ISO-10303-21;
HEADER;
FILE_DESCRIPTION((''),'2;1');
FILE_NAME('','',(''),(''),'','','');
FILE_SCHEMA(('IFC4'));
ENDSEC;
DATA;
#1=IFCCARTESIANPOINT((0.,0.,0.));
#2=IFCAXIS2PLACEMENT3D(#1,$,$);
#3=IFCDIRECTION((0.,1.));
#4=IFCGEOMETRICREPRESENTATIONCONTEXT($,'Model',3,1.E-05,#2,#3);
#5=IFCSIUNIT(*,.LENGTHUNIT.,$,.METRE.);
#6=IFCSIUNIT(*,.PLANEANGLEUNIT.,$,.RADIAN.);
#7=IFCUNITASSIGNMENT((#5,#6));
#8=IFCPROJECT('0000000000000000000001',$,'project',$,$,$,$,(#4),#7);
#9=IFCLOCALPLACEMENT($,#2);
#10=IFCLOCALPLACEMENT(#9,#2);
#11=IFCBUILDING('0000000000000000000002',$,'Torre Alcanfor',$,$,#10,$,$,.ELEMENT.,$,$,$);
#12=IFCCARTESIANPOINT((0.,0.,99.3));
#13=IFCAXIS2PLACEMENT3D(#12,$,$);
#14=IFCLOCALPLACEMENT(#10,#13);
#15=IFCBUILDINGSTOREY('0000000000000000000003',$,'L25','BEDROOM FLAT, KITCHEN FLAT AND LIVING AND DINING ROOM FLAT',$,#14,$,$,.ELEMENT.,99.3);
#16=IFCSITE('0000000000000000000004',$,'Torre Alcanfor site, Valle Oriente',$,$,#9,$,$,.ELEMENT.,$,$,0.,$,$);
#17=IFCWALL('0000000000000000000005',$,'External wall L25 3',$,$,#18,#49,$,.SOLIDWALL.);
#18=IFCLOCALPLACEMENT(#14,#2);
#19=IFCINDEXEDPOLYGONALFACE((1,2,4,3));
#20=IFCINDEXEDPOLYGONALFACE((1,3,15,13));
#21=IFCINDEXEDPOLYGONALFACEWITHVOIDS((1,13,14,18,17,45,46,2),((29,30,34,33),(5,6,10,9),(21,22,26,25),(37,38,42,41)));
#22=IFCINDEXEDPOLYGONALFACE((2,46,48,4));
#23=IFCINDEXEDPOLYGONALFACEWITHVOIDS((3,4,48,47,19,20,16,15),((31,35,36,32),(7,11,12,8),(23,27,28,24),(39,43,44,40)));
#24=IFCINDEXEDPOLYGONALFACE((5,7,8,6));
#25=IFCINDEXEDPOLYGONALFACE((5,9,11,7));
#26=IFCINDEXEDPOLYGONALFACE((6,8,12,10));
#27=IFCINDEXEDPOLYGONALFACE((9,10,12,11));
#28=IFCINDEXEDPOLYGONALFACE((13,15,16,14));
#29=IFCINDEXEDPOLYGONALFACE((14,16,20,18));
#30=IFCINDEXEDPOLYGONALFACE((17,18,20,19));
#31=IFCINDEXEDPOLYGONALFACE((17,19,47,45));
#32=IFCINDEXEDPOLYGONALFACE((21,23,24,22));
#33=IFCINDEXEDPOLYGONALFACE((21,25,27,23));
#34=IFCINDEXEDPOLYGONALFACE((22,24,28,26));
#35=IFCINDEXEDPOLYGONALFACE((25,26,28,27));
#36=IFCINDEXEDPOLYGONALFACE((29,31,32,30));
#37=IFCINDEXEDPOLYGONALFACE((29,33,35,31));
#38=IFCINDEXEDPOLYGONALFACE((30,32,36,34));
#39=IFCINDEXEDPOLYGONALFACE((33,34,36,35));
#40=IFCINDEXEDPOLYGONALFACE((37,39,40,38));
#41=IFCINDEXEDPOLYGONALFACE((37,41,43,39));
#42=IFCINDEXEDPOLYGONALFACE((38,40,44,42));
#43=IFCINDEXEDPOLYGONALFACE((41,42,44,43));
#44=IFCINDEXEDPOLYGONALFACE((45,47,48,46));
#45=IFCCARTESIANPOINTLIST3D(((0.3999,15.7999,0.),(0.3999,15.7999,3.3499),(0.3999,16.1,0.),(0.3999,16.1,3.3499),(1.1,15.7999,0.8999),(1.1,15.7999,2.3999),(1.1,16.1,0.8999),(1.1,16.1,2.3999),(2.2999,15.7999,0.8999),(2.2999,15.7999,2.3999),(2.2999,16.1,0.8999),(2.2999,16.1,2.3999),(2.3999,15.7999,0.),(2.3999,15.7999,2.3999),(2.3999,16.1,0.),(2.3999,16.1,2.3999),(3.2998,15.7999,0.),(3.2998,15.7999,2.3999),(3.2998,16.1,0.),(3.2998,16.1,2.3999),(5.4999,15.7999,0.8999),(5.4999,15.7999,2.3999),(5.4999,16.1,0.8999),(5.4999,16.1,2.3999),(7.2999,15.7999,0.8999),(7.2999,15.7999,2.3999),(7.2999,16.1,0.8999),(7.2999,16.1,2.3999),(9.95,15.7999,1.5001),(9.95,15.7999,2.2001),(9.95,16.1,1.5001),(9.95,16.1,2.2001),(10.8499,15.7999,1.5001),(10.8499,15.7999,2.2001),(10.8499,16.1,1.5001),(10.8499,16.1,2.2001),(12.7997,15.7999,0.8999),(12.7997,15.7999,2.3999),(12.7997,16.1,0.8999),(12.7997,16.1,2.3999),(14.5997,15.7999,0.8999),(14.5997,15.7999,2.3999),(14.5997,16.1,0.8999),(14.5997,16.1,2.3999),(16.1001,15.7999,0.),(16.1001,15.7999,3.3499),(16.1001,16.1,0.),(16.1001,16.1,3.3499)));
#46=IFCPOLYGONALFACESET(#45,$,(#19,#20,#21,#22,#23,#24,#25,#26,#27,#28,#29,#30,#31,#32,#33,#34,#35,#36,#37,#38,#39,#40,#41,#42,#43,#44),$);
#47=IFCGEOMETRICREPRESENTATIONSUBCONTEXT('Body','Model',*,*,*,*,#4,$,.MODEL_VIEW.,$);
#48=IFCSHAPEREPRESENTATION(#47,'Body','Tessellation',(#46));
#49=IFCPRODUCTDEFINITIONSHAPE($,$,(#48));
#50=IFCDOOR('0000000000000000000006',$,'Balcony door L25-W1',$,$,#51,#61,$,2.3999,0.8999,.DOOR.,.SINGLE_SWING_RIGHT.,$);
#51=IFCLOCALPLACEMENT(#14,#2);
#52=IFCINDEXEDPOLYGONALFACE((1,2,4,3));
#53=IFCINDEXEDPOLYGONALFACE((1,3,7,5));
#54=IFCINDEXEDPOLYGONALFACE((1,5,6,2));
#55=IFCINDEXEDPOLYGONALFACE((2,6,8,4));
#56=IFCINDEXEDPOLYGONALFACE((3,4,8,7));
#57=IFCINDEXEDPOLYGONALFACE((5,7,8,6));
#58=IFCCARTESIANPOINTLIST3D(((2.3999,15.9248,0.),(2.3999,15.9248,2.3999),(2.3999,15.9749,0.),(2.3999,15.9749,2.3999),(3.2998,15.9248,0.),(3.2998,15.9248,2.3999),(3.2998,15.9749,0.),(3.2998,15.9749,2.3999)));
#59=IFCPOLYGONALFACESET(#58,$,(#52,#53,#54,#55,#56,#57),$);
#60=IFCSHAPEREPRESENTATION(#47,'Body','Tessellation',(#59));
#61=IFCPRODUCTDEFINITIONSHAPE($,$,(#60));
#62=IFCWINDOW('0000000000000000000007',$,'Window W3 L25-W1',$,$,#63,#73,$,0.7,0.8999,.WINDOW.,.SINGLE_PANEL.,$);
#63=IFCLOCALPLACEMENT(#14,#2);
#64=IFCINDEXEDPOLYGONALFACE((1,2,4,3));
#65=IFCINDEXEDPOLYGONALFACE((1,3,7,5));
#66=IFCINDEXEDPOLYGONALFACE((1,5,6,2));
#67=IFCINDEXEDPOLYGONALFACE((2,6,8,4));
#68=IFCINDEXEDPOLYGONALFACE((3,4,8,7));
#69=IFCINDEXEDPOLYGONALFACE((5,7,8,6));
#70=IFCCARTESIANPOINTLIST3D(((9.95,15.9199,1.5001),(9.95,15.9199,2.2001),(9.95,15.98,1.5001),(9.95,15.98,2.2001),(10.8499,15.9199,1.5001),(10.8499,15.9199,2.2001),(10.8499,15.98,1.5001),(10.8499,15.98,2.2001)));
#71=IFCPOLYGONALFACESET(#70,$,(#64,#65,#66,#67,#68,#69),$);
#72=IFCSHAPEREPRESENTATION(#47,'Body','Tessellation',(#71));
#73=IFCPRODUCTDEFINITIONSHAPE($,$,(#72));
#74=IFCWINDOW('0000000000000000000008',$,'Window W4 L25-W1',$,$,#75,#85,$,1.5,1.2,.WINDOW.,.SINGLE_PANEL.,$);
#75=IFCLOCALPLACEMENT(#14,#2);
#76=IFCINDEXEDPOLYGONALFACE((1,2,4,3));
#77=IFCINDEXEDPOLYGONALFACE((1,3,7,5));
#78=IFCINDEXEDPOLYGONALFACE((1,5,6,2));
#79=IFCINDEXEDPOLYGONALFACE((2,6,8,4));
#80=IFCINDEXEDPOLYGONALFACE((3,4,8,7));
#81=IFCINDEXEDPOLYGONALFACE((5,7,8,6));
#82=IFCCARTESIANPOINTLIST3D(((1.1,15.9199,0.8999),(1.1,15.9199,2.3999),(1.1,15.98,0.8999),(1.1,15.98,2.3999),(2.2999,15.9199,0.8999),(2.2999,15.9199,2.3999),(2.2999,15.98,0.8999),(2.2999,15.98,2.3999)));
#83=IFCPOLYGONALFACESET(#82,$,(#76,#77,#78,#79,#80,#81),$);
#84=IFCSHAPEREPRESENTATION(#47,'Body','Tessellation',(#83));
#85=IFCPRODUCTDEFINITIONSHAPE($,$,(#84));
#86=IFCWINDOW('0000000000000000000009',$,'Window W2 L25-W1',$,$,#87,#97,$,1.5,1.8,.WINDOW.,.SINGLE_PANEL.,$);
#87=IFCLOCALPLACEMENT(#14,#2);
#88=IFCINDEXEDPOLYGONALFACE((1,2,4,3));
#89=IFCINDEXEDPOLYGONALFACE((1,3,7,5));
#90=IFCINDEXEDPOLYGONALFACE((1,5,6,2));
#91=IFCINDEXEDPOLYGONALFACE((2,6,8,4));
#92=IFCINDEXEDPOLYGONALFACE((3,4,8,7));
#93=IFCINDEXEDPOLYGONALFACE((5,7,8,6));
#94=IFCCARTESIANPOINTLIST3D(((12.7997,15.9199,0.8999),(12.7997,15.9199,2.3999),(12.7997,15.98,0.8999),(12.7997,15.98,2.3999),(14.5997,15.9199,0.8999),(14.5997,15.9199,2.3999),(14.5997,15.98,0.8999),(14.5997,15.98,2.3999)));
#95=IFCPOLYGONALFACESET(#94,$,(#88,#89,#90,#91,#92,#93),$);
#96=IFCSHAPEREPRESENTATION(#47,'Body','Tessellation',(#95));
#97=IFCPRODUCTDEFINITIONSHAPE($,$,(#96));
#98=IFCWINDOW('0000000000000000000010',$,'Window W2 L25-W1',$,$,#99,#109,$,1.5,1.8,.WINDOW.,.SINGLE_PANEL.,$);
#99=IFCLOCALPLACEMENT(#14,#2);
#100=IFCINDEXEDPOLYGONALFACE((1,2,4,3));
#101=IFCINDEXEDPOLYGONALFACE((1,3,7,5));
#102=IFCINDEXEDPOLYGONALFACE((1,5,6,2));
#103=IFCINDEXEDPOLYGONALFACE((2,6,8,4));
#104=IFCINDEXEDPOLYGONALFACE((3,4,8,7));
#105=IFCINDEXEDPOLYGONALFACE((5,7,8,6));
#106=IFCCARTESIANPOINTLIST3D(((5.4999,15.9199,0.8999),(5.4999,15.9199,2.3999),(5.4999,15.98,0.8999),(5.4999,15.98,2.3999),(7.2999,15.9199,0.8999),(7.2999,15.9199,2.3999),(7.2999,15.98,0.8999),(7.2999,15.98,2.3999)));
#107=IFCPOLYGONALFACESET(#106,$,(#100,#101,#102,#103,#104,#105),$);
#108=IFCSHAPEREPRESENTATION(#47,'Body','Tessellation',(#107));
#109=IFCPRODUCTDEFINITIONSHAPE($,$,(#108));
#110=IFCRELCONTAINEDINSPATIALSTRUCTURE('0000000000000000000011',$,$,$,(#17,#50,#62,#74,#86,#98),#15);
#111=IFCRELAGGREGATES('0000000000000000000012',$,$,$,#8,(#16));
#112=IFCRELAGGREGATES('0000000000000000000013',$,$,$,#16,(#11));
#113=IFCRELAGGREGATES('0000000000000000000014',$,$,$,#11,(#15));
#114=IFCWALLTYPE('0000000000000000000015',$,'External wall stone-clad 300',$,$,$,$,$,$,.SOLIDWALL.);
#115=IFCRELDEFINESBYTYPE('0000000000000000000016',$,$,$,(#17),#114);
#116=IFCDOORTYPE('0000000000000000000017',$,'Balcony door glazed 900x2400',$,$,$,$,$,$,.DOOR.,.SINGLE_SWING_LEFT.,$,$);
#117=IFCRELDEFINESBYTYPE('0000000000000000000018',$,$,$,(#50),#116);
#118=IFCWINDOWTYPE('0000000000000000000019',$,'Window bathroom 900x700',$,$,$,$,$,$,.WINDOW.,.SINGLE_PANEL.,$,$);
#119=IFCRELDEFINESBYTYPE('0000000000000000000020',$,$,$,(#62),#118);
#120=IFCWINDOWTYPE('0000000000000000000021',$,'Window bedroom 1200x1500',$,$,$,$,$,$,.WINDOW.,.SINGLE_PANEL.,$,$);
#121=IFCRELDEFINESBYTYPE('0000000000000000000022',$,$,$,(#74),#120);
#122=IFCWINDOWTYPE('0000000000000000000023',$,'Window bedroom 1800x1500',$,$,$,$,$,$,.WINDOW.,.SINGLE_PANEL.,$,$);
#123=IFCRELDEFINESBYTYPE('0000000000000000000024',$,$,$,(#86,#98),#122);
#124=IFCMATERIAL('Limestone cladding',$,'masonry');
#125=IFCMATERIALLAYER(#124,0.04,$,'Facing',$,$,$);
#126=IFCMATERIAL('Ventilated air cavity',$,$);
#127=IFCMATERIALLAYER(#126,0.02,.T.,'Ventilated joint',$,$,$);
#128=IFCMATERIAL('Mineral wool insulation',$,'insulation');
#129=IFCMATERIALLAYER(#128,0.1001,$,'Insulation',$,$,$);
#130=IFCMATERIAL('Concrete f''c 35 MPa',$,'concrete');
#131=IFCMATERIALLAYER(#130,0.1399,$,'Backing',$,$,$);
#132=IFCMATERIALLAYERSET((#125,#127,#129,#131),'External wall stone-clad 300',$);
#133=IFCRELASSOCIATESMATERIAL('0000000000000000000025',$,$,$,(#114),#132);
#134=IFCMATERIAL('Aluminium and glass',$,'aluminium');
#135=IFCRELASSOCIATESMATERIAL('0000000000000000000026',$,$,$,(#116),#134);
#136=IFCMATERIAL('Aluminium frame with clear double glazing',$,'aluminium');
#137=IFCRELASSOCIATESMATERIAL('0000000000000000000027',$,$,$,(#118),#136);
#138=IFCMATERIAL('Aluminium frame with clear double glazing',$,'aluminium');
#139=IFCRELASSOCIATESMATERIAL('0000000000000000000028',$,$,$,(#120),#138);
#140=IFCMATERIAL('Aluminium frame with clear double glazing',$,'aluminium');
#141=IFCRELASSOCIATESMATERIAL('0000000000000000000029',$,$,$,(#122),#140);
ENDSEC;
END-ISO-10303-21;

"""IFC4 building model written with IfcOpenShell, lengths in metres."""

from ifc_helpers import new_model, si_unit, direction, frame, frame_2d, origin, place, context, subcontext, project, spatial, rectangle, extrude, material, layer, layer_set, type_object, element, fill, save


model = new_model("IFC4")

# Units and contexts
model_context = context("Model", 3, precision=1e-05, world=origin(), true_north=direction((0.0, 1.0)))
body_context = subcontext(model_context, "Body", "Model", "MODEL_VIEW")
ifc_project = project(units=[si_unit("LENGTHUNIT", "METRE"), si_unit("PLANEANGLEUNIT", "RADIAN")], contexts=[model_context])

# Site, building, storey
site_placement = place(None, origin())
site = spatial("IfcSite", under=ifc_project, at=site_placement, Name="Torre Alcanfor site, Valle Oriente", CompositionType="ELEMENT", RefElevation=0.0)
building_placement = place(site_placement, origin())
building = spatial("IfcBuilding", under=site, at=building_placement, Name="Torre Alcanfor", CompositionType="ELEMENT")
storey_placement = place(building_placement, frame((0.0, 0.0, 99.3)))
storey = spatial("IfcBuildingStorey", under=building, at=storey_placement, Name="L25", Description="BEDROOM FLAT, KITCHEN FLAT AND LIVING AND DINING ROOM FLAT", CompositionType="ELEMENT", Elevation=99.3)

# Wall, openings, door, windows
ifc_material_1 = material(Name="Limestone cladding", Category="masonry")
ifc_layer_1 = layer(ifc_material_1, 0.04, Name="Facing")
ifc_material_2 = material(Name="Ventilated air cavity")
ifc_layer_2 = layer(ifc_material_2, 0.02, ventilated=True, Name="Ventilated joint")
ifc_material_3 = material(Name="Mineral wool insulation", Category="insulation")
ifc_layer_3 = layer(ifc_material_3, 0.1001, Name="Insulation")
ifc_material_4 = material(Name="Concrete f'c 35 MPa", Category="concrete")
ifc_layer_4 = layer(ifc_material_4, 0.1399, Name="Backing")
ifc_layer_set_1 = layer_set([ifc_layer_1, ifc_layer_2, ifc_layer_3, ifc_layer_4], Name="External wall stone-clad 300")
wall_type = type_object("IfcWallType", Name="External wall stone-clad 300", PredefinedType="SOLIDWALL", material=ifc_layer_set_1)
wall_placement = place(storey_placement, frame((0.3999, 15.95, 0.0), z_axis=(0.0, 0.0, 1.0), x_axis=(1.0, 0.0, 0.0)))
wall = element("IfcWall", 1, at=wall_placement, inside=storey, type_object=wall_type, Name="External wall L25 3", PredefinedType="SOLIDWALL", context=body_context, shape_type="SweptSolid", body=[
    extrude(rectangle(XDim=15.7002, YDim=0.3, at=frame_2d((7.8501, 0.0))), origin(), (0.0, 0.0, 1.0), 3.3499),
])
opening_1_placement = place(wall_placement, frame((12.3999, 0.0, 0.8999)))
opening_1 = element("IfcOpeningElement", 2, at=opening_1_placement, cuts=wall, PredefinedType="OPENING", context=body_context, shape_type="SweptSolid", body=[
    extrude(rectangle(XDim=1.8, YDim=1.5, at=frame_2d((0.8999, 0.75))), frame((0.0, 0.1599, 0.0), z_axis=(0.0, -1.0, 0.0), x_axis=(1.0, 0.0, 0.0)), (0.0, 0.0, 1.0), 0.3201),
])
opening_2_placement = place(wall_placement, frame((9.55, 0.0, 1.5)))
opening_2 = element("IfcOpeningElement", 3, at=opening_2_placement, cuts=wall, PredefinedType="OPENING", context=body_context, shape_type="SweptSolid", body=[
    extrude(rectangle(XDim=0.8999, YDim=0.7, at=frame_2d((0.45, 0.3501))), frame((0.0, 0.1599, 0.0), z_axis=(0.0, -1.0, 0.0), x_axis=(1.0, 0.0, 0.0)), (0.0, 0.0, 1.0), 0.3201),
])
opening_3_placement = place(wall_placement, frame((5.1001, 0.0, 0.8999)))
opening_3 = element("IfcOpeningElement", 4, at=opening_3_placement, cuts=wall, PredefinedType="OPENING", context=body_context, shape_type="SweptSolid", body=[
    extrude(rectangle(XDim=1.8, YDim=1.5, at=frame_2d((0.8999, 0.75))), frame((0.0, 0.1599, 0.0), z_axis=(0.0, -1.0, 0.0), x_axis=(1.0, 0.0, 0.0)), (0.0, 0.0, 1.0), 0.3201),
])
opening_4_placement = place(wall_placement, frame((2.0, 0.0, 0.0)))
opening_4 = element("IfcOpeningElement", 5, at=opening_4_placement, cuts=wall, PredefinedType="OPENING", context=body_context, shape_type="SweptSolid", body=[
    extrude(rectangle(XDim=0.8999, YDim=2.3999, at=frame_2d((0.45, 1.2))), frame((0.0, 0.1599, 0.0), z_axis=(0.0, -1.0, 0.0), x_axis=(1.0, 0.0, 0.0)), (0.0, 0.0, 1.0), 0.3201),
])
opening_5_placement = place(wall_placement, frame((0.7, 0.0, 0.8999)))
opening_5 = element("IfcOpeningElement", 6, at=opening_5_placement, cuts=wall, PredefinedType="OPENING", context=body_context, shape_type="SweptSolid", body=[
    extrude(rectangle(XDim=1.2, YDim=1.5, at=frame_2d((0.6001, 0.75))), frame((0.0, 0.1599, 0.0), z_axis=(0.0, -1.0, 0.0), x_axis=(1.0, 0.0, 0.0)), (0.0, 0.0, 1.0), 0.3201),
])
ifc_material_5 = material(Name="Aluminium and glass", Category="aluminium")
door_type = type_object("IfcDoorType", Name="Balcony door glazed 900x2400", OperationType="SINGLE_SWING_LEFT", PredefinedType="DOOR", material=ifc_material_5)
door_placement = place(opening_4_placement, origin())
door = element("IfcDoor", 7, at=door_placement, inside=storey, type_object=door_type, Name="Balcony door L25-W1", OperationType="SINGLE_SWING_RIGHT", OverallHeight=2.3999, OverallWidth=0.8999, PredefinedType="DOOR", context=body_context, shape_type="SweptSolid", body=[
    extrude(rectangle(XDim=0.8999, YDim=2.3999, at=frame_2d((0.45, 1.2))), frame((0.0, 0.0249, 0.0), z_axis=(0.0, -1.0, 0.0), x_axis=(1.0, 0.0, 0.0)), (0.0, 0.0, 1.0), 0.05),
])
fill(opening_4, door)
ifc_material_6 = material(Name="Aluminium frame with clear double glazing", Category="aluminium")
window_type_1 = type_object("IfcWindowType", Name="Window bathroom 900x700", PartitioningType="SINGLE_PANEL", PredefinedType="WINDOW", material=ifc_material_6)
window_1_placement = place(opening_2_placement, origin())
window_1 = element("IfcWindow", 8, at=window_1_placement, inside=storey, type_object=window_type_1, Name="Window W3 L25-W1", OverallHeight=0.7, OverallWidth=0.8999, PartitioningType="SINGLE_PANEL", PredefinedType="WINDOW", context=body_context, shape_type="SweptSolid", body=[
    extrude(rectangle(XDim=0.8999, YDim=0.7, at=frame_2d((0.45, 0.3501))), frame((0.0, 0.03, 0.0), z_axis=(0.0, -1.0, 0.0), x_axis=(1.0, 0.0, 0.0)), (0.0, 0.0, 1.0), 0.0601),
])
fill(opening_2, window_1)
ifc_material_7 = material(Name="Aluminium frame with clear double glazing", Category="aluminium")
window_type_2 = type_object("IfcWindowType", Name="Window bedroom 1200x1500", PartitioningType="SINGLE_PANEL", PredefinedType="WINDOW", material=ifc_material_7)
window_2_placement = place(opening_5_placement, origin())
window_2 = element("IfcWindow", 9, at=window_2_placement, inside=storey, type_object=window_type_2, Name="Window W4 L25-W1", OverallHeight=1.5, OverallWidth=1.2, PartitioningType="SINGLE_PANEL", PredefinedType="WINDOW", context=body_context, shape_type="SweptSolid", body=[
    extrude(rectangle(XDim=1.2, YDim=1.5, at=frame_2d((0.6001, 0.75))), frame((0.0, 0.03, 0.0), z_axis=(0.0, -1.0, 0.0), x_axis=(1.0, 0.0, 0.0)), (0.0, 0.0, 1.0), 0.0601),
])
fill(opening_5, window_2)
ifc_material_8 = material(Name="Aluminium frame with clear double glazing", Category="aluminium")
window_type_3 = type_object("IfcWindowType", Name="Window bedroom 1800x1500", PartitioningType="SINGLE_PANEL", PredefinedType="WINDOW", material=ifc_material_8)
window_3_placement = place(opening_1_placement, origin())
window_3 = element("IfcWindow", 10, at=window_3_placement, inside=storey, type_object=window_type_3, Name="Window W2 L25-W1", OverallHeight=1.5, OverallWidth=1.8, PartitioningType="SINGLE_PANEL", PredefinedType="WINDOW", context=body_context, shape_type="SweptSolid", body=[
    extrude(rectangle(XDim=1.8, YDim=1.5, at=frame_2d((0.8999, 0.75))), frame((0.0, 0.03, 0.0), z_axis=(0.0, -1.0, 0.0), x_axis=(1.0, 0.0, 0.0)), (0.0, 0.0, 1.0), 0.0601),
])
fill(opening_1, window_3)
window_4_placement = place(opening_3_placement, origin())
window_4 = element("IfcWindow", 11, at=window_4_placement, inside=storey, type_object=window_type_3, Name="Window W2 L25-W1", OverallHeight=1.5, OverallWidth=1.8, PartitioningType="SINGLE_PANEL", PredefinedType="WINDOW", context=body_context, shape_type="SweptSolid", body=[
    extrude(rectangle(XDim=1.8, YDim=1.5, at=frame_2d((0.8999, 0.75))), frame((0.0, 0.03, 0.0), z_axis=(0.0, -1.0, 0.0), x_axis=(1.0, 0.0, 0.0)), (0.0, 0.0, 1.0), 0.0601),
])
fill(opening_3, window_4)

save(model, "model.ifc")
